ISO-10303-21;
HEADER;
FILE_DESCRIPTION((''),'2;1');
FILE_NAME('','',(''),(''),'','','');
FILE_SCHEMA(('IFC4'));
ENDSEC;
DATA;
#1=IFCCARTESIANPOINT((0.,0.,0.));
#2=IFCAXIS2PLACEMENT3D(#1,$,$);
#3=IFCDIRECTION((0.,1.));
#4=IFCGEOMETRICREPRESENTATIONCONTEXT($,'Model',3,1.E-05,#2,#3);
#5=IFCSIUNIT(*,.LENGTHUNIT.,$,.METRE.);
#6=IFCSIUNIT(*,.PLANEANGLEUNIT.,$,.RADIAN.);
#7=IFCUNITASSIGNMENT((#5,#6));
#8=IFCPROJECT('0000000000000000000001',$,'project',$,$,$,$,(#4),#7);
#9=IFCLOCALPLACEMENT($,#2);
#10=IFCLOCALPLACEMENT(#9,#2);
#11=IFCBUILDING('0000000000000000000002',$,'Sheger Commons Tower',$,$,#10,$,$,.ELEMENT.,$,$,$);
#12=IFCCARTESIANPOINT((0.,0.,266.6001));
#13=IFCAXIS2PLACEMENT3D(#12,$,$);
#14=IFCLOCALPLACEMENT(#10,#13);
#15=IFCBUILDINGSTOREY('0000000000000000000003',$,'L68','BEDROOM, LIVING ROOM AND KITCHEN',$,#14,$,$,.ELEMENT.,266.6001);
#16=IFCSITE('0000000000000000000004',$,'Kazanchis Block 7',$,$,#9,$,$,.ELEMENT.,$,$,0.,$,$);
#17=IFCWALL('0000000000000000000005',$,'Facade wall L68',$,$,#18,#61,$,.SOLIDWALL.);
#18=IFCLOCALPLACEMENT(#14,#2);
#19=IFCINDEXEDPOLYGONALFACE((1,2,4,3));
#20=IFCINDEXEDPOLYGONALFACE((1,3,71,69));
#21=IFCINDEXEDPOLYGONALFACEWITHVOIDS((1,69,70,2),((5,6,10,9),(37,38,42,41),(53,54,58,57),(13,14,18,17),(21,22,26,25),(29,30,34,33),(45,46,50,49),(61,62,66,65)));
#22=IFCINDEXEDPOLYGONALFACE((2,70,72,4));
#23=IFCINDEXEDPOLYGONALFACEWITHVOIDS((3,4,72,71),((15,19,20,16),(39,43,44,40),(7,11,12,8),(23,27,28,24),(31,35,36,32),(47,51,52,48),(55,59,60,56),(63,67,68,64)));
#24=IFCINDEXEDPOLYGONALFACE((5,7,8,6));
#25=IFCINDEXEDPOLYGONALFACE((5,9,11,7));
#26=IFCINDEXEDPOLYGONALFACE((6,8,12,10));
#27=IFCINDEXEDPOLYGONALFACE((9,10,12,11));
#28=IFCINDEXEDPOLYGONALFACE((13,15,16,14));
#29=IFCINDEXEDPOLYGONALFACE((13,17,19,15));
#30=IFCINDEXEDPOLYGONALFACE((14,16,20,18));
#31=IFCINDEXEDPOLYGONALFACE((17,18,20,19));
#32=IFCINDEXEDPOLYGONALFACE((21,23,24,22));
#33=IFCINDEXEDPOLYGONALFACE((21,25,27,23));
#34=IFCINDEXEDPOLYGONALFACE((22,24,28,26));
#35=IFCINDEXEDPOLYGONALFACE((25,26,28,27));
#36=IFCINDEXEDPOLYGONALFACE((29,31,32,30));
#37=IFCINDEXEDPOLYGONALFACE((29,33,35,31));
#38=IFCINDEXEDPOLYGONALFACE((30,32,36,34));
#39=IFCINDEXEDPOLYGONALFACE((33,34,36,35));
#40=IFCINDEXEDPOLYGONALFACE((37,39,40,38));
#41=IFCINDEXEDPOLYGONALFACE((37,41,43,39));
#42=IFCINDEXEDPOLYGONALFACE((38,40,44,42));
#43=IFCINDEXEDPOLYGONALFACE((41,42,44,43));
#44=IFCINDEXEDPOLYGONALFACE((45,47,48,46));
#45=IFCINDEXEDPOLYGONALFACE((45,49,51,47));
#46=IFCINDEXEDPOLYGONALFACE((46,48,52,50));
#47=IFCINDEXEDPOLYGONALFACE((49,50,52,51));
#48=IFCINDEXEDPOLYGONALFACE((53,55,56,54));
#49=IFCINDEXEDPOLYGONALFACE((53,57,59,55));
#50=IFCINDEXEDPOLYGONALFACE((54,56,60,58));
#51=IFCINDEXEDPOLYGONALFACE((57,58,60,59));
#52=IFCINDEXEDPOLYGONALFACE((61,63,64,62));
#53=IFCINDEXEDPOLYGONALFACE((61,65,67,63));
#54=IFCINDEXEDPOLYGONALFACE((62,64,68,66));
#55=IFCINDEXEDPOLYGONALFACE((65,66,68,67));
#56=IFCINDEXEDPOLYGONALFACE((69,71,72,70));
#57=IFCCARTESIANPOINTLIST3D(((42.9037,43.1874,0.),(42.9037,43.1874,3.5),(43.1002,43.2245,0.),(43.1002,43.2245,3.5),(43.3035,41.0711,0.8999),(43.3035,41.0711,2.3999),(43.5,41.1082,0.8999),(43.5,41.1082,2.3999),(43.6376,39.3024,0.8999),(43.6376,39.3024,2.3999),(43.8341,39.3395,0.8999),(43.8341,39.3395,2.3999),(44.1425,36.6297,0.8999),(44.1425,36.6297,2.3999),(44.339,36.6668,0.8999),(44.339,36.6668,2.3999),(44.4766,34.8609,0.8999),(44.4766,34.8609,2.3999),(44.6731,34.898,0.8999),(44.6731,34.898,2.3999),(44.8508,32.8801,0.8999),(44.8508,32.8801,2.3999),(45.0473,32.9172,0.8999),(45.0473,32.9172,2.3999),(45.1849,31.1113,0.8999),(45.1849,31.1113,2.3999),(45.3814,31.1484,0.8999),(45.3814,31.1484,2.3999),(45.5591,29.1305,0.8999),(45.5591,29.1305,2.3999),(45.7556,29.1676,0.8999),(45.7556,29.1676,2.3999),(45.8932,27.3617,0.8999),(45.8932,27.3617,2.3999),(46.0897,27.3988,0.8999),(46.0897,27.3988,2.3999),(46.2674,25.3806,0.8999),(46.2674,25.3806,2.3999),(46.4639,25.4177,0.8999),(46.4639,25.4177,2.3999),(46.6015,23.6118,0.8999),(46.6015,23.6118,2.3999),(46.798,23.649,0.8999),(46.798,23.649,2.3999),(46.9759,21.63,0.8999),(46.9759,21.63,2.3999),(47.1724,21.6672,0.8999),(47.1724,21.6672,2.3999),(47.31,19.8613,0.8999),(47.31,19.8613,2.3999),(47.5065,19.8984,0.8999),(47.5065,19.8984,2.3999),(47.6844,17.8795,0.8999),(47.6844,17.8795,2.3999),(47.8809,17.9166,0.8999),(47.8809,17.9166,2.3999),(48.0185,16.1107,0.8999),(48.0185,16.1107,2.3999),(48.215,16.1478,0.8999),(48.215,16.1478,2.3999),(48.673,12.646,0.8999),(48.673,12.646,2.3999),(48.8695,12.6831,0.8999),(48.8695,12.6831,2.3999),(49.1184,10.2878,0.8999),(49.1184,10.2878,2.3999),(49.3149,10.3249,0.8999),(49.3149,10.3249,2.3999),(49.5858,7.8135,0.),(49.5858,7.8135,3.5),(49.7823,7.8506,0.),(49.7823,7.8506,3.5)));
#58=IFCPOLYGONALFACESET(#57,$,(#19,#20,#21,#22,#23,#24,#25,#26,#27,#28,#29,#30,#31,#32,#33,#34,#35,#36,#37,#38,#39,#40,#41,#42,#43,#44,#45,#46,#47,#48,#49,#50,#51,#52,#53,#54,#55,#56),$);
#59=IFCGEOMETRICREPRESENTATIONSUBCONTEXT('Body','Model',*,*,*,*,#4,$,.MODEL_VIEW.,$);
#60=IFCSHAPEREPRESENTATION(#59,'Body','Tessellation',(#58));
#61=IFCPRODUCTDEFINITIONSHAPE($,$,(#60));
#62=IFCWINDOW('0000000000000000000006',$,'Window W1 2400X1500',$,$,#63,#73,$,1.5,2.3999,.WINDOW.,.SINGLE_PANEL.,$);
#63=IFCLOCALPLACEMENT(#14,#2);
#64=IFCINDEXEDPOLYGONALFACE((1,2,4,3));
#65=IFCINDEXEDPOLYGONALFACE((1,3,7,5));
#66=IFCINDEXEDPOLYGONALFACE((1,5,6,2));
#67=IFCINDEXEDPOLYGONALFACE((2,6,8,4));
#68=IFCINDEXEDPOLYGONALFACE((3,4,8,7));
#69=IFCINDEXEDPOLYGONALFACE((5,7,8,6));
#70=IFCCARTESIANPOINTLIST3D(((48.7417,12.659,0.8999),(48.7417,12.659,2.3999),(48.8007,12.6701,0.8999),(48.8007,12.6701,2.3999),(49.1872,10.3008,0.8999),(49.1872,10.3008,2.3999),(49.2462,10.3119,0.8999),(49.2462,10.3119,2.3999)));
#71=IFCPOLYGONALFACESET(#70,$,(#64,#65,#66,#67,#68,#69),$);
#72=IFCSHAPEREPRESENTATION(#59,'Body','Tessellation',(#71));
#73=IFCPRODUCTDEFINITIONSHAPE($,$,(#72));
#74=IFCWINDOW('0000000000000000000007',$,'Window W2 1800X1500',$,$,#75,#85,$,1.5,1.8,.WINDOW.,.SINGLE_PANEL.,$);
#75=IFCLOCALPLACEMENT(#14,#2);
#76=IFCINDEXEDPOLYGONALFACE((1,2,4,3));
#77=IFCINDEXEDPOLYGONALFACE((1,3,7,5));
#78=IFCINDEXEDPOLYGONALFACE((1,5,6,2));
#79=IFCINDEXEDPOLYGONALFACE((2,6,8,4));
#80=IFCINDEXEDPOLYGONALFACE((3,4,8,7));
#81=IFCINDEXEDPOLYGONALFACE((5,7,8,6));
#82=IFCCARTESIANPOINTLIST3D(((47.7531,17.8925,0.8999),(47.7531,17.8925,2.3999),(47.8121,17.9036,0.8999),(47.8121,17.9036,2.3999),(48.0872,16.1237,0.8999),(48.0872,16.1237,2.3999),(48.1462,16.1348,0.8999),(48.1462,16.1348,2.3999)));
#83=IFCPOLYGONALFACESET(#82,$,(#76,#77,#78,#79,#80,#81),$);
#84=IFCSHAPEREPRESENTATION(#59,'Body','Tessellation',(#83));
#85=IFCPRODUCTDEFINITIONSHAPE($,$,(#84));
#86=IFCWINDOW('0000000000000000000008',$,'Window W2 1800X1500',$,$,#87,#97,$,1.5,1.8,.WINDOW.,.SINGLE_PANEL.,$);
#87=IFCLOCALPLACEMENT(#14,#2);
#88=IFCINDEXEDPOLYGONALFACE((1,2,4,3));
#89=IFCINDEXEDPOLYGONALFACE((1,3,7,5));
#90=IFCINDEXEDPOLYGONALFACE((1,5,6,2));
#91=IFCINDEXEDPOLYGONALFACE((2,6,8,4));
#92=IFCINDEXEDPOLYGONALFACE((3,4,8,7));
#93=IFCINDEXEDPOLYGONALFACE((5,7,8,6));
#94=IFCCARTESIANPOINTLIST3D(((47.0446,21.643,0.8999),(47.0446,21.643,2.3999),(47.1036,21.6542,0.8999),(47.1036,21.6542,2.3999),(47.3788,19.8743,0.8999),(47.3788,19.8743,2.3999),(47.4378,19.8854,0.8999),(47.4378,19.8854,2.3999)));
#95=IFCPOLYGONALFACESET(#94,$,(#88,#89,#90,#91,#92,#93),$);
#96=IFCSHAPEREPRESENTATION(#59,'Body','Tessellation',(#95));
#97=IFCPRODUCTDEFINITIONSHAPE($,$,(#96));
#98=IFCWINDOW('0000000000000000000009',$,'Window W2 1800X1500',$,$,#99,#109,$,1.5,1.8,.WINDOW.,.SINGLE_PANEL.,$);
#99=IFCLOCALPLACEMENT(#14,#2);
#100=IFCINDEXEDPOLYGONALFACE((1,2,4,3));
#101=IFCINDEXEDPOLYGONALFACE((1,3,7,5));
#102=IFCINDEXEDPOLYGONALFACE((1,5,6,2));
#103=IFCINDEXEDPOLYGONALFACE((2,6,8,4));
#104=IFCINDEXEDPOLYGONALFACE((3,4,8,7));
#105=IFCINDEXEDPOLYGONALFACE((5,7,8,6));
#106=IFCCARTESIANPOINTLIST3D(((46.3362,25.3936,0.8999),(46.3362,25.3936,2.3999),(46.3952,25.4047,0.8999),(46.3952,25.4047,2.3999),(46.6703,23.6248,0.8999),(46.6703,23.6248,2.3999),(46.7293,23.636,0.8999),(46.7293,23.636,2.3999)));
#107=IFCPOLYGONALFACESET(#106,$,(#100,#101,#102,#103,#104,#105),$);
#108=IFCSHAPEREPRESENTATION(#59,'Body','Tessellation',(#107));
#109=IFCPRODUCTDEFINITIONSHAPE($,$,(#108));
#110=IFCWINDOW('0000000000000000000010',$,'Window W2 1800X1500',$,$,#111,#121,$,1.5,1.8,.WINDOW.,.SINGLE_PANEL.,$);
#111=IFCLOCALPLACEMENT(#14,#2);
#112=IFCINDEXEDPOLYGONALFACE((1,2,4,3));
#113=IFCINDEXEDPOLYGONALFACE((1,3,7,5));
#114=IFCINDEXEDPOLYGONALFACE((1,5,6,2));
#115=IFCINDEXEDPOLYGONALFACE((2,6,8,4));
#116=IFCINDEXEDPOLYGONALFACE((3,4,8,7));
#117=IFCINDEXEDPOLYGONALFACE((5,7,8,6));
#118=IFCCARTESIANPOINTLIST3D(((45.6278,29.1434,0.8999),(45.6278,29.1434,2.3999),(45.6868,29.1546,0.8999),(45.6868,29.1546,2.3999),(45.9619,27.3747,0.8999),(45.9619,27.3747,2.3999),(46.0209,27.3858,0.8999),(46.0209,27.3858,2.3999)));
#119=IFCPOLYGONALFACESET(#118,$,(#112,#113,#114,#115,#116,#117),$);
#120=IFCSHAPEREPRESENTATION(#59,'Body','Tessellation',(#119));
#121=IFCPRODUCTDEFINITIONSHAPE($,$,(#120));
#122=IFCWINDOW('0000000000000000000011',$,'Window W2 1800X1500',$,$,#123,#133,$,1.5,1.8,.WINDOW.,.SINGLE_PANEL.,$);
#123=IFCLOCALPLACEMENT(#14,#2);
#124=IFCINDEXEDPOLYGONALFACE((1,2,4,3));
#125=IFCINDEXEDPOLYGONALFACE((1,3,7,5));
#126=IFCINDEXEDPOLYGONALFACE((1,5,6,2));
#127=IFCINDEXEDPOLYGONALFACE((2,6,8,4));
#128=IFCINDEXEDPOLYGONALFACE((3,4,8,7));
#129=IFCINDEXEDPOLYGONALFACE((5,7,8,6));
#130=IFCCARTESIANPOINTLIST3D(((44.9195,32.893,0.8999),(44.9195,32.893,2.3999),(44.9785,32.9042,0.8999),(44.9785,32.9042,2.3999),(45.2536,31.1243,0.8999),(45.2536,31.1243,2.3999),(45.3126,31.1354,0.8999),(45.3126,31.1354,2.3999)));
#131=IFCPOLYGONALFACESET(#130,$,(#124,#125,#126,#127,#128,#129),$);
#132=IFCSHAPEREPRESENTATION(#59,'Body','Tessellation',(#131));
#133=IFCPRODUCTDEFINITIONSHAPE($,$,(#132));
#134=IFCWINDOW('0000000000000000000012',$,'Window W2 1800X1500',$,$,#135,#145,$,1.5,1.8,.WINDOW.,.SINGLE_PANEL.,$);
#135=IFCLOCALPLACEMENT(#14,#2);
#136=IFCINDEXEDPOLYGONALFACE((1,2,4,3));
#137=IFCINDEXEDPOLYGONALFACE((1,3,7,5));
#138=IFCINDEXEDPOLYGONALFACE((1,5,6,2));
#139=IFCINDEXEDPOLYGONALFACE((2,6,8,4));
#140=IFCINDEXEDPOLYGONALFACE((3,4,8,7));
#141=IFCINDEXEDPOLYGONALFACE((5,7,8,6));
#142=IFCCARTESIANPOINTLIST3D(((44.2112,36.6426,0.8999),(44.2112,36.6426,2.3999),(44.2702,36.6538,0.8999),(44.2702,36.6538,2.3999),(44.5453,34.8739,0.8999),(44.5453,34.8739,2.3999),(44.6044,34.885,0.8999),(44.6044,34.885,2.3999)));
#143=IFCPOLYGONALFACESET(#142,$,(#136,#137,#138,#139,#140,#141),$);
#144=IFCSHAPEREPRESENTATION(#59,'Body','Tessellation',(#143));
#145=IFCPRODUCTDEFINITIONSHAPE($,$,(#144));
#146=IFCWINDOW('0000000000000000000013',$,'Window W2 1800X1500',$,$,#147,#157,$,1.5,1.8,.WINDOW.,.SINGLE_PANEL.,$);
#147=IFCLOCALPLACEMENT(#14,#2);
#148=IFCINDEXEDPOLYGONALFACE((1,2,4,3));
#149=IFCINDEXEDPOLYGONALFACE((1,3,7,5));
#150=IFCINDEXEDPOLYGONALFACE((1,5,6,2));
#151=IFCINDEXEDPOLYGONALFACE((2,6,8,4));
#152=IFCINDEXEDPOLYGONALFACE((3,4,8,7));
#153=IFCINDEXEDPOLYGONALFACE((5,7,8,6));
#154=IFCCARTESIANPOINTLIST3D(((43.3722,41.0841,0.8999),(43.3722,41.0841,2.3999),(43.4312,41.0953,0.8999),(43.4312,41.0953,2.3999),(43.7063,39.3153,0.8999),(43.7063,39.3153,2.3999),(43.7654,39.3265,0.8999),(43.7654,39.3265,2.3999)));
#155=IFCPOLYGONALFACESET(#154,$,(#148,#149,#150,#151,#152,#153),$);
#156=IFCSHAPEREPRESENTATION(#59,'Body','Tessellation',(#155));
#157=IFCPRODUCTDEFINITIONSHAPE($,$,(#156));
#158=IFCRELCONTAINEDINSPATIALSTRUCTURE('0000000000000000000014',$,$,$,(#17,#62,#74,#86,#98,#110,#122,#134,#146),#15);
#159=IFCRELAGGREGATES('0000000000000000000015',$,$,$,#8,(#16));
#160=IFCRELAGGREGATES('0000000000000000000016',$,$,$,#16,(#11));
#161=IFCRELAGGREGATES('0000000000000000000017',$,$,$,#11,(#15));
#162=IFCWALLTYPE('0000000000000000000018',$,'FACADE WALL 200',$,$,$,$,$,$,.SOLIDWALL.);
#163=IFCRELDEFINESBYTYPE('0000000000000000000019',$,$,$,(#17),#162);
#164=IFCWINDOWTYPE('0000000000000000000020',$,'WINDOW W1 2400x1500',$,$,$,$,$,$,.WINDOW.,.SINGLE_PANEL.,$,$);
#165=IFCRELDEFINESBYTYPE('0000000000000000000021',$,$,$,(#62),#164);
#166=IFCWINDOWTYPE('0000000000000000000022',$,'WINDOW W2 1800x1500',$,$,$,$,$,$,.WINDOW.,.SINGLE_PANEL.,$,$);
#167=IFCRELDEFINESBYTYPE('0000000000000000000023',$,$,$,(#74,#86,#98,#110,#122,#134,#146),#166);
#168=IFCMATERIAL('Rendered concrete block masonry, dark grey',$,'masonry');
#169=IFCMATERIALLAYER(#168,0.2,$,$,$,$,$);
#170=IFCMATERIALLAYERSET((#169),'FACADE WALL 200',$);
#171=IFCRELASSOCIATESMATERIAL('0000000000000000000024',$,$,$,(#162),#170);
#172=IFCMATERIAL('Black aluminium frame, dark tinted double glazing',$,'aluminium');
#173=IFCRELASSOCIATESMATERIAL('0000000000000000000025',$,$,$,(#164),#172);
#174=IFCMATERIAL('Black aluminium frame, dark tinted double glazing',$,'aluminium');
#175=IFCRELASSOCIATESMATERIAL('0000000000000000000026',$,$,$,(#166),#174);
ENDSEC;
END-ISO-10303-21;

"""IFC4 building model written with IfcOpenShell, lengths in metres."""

from ifc_helpers import new_model, si_unit, direction, frame, frame_2d, origin, place, context, subcontext, project, spatial, rectangle, extrude, material, layer, layer_set, type_object, element, fill, save


model = new_model("IFC4")

# Units and contexts
model_context = context("Model", 3, precision=1e-05, world=origin(), true_north=direction((0.0, 1.0)))
body_context = subcontext(model_context, "Body", "Model", "MODEL_VIEW")
ifc_project = project(units=[si_unit("LENGTHUNIT", "METRE"), si_unit("PLANEANGLEUNIT", "RADIAN")], contexts=[model_context])

# Site, building, storey
site_placement = place(None, origin())
site = spatial("IfcSite", under=ifc_project, at=site_placement, Name="Kazanchis Block 7", CompositionType="ELEMENT", RefElevation=0.0)
building_placement = place(site_placement, origin())
building = spatial("IfcBuilding", under=site, at=building_placement, Name="Sheger Commons Tower", CompositionType="ELEMENT")
storey_placement = place(building_placement, frame((0.0, 0.0, 266.6001)))
storey = spatial("IfcBuildingStorey", under=building, at=storey_placement, Name="L68", Description="BEDROOM, LIVING ROOM AND KITCHEN", CompositionType="ELEMENT", Elevation=266.6001)

# Shared definitions
ifc_material_1 = material(Name="Rendered concrete block masonry, dark grey", Category="masonry")
ifc_layer_1 = layer(ifc_material_1, 0.2)
ifc_layer_set_1 = layer_set([ifc_layer_1], Name="FACADE WALL 200")
wall_type_1 = type_object("IfcWallType", Name="FACADE WALL 200", PredefinedType="SOLIDWALL", material=ifc_layer_set_1)

# Wall, openings, windows
wall_1_placement = place(storey_placement, frame((49.6841, 7.832, 0.0), z_axis=(0.0, 0.0, 1.0), x_axis=(-0.185617, 0.982622, 0.0)))
wall_1 = element("IfcWall", 1, at=wall_1_placement, inside=storey, type_object=wall_type_1, Name="Facade wall L68", PredefinedType="SOLIDWALL", context=body_context, shape_type="SweptSolid", body=[
    extrude(rectangle(XDim=35.9995, YDim=0.2, at=frame_2d((17.9998, 0.0))), origin(), (0.0, 0.0, 1.0), 3.5),
])
opening_1_placement = place(wall_1_placement, frame((2.5181, 0.0, 0.8999)))
opening_1 = element("IfcOpeningElement", 2, at=opening_1_placement, cuts=wall_1, PredefinedType="OPENING", context=body_context, shape_type="SweptSolid", body=[
    extrude(rectangle(XDim=2.3999, YDim=1.5, at=frame_2d((1.2, 0.75))), frame((0.0, 0.1099, 0.0), z_axis=(0.0, -1.0, 0.0), x_axis=(1.0, 0.0, 0.0)), (0.0, 0.0, 1.0), 0.22),
])
opening_2_placement = place(wall_1_placement, frame((8.4441, 0.0, 0.8999)))
opening_2 = element("IfcOpeningElement", 3, at=opening_2_placement, cuts=wall_1, PredefinedType="OPENING", context=body_context, shape_type="SweptSolid", body=[
    extrude(rectangle(XDim=1.8, YDim=1.5, at=frame_2d((0.8999, 0.75))), frame((0.0, 0.1099, 0.0), z_axis=(0.0, -1.0, 0.0), x_axis=(1.0, 0.0, 0.0)), (0.0, 0.0, 1.0), 0.22),
])
opening_3_placement = place(wall_1_placement, frame((12.261, 0.0, 0.8999)))
opening_3 = element("IfcOpeningElement", 4, at=opening_3_placement, cuts=wall_1, PredefinedType="OPENING", context=body_context, shape_type="SweptSolid", body=[
    extrude(rectangle(XDim=1.8, YDim=1.5, at=frame_2d((0.8999, 0.75))), frame((0.0, 0.1099, 0.0), z_axis=(0.0, -1.0, 0.0), x_axis=(1.0, 0.0, 0.0)), (0.0, 0.0, 1.0), 0.22),
])
opening_4_placement = place(wall_1_placement, frame((16.0779, 0.0, 0.8999)))
opening_4 = element("IfcOpeningElement", 5, at=opening_4_placement, cuts=wall_1, PredefinedType="OPENING", context=body_context, shape_type="SweptSolid", body=[
    extrude(rectangle(XDim=1.8, YDim=1.5, at=frame_2d((0.8999, 0.75))), frame((0.0, 0.1099, 0.0), z_axis=(0.0, -1.0, 0.0), x_axis=(1.0, 0.0, 0.0)), (0.0, 0.0, 1.0), 0.22),
])
opening_5_placement = place(wall_1_placement, frame((19.894, 0.0, 0.8999)))
opening_5 = element("IfcOpeningElement", 6, at=opening_5_placement, cuts=wall_1, PredefinedType="OPENING", context=body_context, shape_type="SweptSolid", body=[
    extrude(rectangle(XDim=1.8, YDim=1.5, at=frame_2d((0.8999, 0.75))), frame((0.0, 0.1099, 0.0), z_axis=(0.0, -1.0, 0.0), x_axis=(1.0, 0.0, 0.0)), (0.0, 0.0, 1.0), 0.22),
])
opening_6_placement = place(wall_1_placement, frame((23.71, 0.0, 0.8999)))
opening_6 = element("IfcOpeningElement", 7, at=opening_6_placement, cuts=wall_1, PredefinedType="OPENING", context=body_context, shape_type="SweptSolid", body=[
    extrude(rectangle(XDim=1.8, YDim=1.5, at=frame_2d((0.8999, 0.75))), frame((0.0, 0.1099, 0.0), z_axis=(0.0, -1.0, 0.0), x_axis=(1.0, 0.0, 0.0)), (0.0, 0.0, 1.0), 0.22),
])
opening_7_placement = place(wall_1_placement, frame((27.5259, 0.0, 0.8999)))
opening_7 = element("IfcOpeningElement", 8, at=opening_7_placement, cuts=wall_1, PredefinedType="OPENING", context=body_context, shape_type="SweptSolid", body=[
    extrude(rectangle(XDim=1.8, YDim=1.5, at=frame_2d((0.8999, 0.75))), frame((0.0, 0.1099, 0.0), z_axis=(0.0, -1.0, 0.0), x_axis=(1.0, 0.0, 0.0)), (0.0, 0.0, 1.0), 0.22),
])
opening_8_placement = place(wall_1_placement, frame((32.0459, 0.0, 0.8999)))
opening_8 = element("IfcOpeningElement", 9, at=opening_8_placement, cuts=wall_1, PredefinedType="OPENING", context=body_context, shape_type="SweptSolid", body=[
    extrude(rectangle(XDim=1.8, YDim=1.5, at=frame_2d((0.8999, 0.75))), frame((0.0, 0.1099, 0.0), z_axis=(0.0, -1.0, 0.0), x_axis=(1.0, 0.0, 0.0)), (0.0, 0.0, 1.0), 0.22),
])
ifc_material_2 = material(Name="Black aluminium frame, dark tinted double glazing", Category="aluminium")
window_type_1 = type_object("IfcWindowType", Name="WINDOW W1 2400x1500", PartitioningType="SINGLE_PANEL", PredefinedType="WINDOW", material=ifc_material_2)
window_1_placement = place(opening_1_placement, origin())
window_1 = element("IfcWindow", 10, at=window_1_placement, inside=storey, type_object=window_type_1, Name="Window W1 2400X1500", OverallHeight=1.5, OverallWidth=2.3999, PartitioningType="SINGLE_PANEL", PredefinedType="WINDOW", context=body_context, shape_type="SweptSolid", body=[
    extrude(rectangle(XDim=2.3999, YDim=1.5, at=frame_2d((1.2, 0.75))), frame((0.0, 0.03, 0.0), z_axis=(0.0, -1.0, 0.0), x_axis=(1.0, 0.0, 0.0)), (0.0, 0.0, 1.0), 0.0601),
])
fill(opening_1, window_1)
ifc_material_3 = material(Name="Black aluminium frame, dark tinted double glazing", Category="aluminium")
window_type_2 = type_object("IfcWindowType", Name="WINDOW W2 1800x1500", PartitioningType="SINGLE_PANEL", PredefinedType="WINDOW", material=ifc_material_3)
window_2_placement = place(opening_2_placement, origin())
window_2 = element("IfcWindow", 11, at=window_2_placement, inside=storey, type_object=window_type_2, Name="Window W2 1800X1500", OverallHeight=1.5, OverallWidth=1.8, PartitioningType="SINGLE_PANEL", PredefinedType="WINDOW", context=body_context, shape_type="SweptSolid", body=[
    extrude(rectangle(XDim=1.8, YDim=1.5, at=frame_2d((0.8999, 0.75))), frame((0.0, 0.03, 0.0), z_axis=(0.0, -1.0, 0.0), x_axis=(1.0, 0.0, 0.0)), (0.0, 0.0, 1.0), 0.0601),
])
fill(opening_2, window_2)
window_3_placement = place(opening_3_placement, origin())
window_3 = element("IfcWindow", 12, at=window_3_placement, inside=storey, type_object=window_type_2, Name="Window W2 1800X1500", OverallHeight=1.5, OverallWidth=1.8, PartitioningType="SINGLE_PANEL", PredefinedType="WINDOW", context=body_context, shape_type="SweptSolid", body=[
    extrude(rectangle(XDim=1.8, YDim=1.5, at=frame_2d((0.8999, 0.75))), frame((0.0, 0.03, 0.0), z_axis=(0.0, -1.0, 0.0), x_axis=(1.0, 0.0, 0.0)), (0.0, 0.0, 1.0), 0.0601),
])
fill(opening_3, window_3)
window_4_placement = place(opening_4_placement, origin())
window_4 = element("IfcWindow", 13, at=window_4_placement, inside=storey, type_object=window_type_2, Name="Window W2 1800X1500", OverallHeight=1.5, OverallWidth=1.8, PartitioningType="SINGLE_PANEL", PredefinedType="WINDOW", context=body_context, shape_type="SweptSolid", body=[
    extrude(rectangle(XDim=1.8, YDim=1.5, at=frame_2d((0.8999, 0.75))), frame((0.0, 0.03, 0.0), z_axis=(0.0, -1.0, 0.0), x_axis=(1.0, 0.0, 0.0)), (0.0, 0.0, 1.0), 0.0601),
])
fill(opening_4, window_4)
window_5_placement = place(opening_5_placement, origin())
window_5 = element("IfcWindow", 14, at=window_5_placement, inside=storey, type_object=window_type_2, Name="Window W2 1800X1500", OverallHeight=1.5, OverallWidth=1.8, PartitioningType="SINGLE_PANEL", PredefinedType="WINDOW", context=body_context, shape_type="SweptSolid", body=[
    extrude(rectangle(XDim=1.8, YDim=1.5, at=frame_2d((0.8999, 0.75))), frame((0.0, 0.03, 0.0), z_axis=(0.0, -1.0, 0.0), x_axis=(1.0, 0.0, 0.0)), (0.0, 0.0, 1.0), 0.0601),
])
fill(opening_5, window_5)
window_6_placement = place(opening_6_placement, origin())
window_6 = element("IfcWindow", 15, at=window_6_placement, inside=storey, type_object=window_type_2, Name="Window W2 1800X1500", OverallHeight=1.5, OverallWidth=1.8, PartitioningType="SINGLE_PANEL", PredefinedType="WINDOW", context=body_context, shape_type="SweptSolid", body=[
    extrude(rectangle(XDim=1.8, YDim=1.5, at=frame_2d((0.8999, 0.75))), frame((0.0, 0.03, 0.0), z_axis=(0.0, -1.0, 0.0), x_axis=(1.0, 0.0, 0.0)), (0.0, 0.0, 1.0), 0.0601),
])
fill(opening_6, window_6)
window_7_placement = place(opening_7_placement, origin())
window_7 = element("IfcWindow", 16, at=window_7_placement, inside=storey, type_object=window_type_2, Name="Window W2 1800X1500", OverallHeight=1.5, OverallWidth=1.8, PartitioningType="SINGLE_PANEL", PredefinedType="WINDOW", context=body_context, shape_type="SweptSolid", body=[
    extrude(rectangle(XDim=1.8, YDim=1.5, at=frame_2d((0.8999, 0.75))), frame((0.0, 0.03, 0.0), z_axis=(0.0, -1.0, 0.0), x_axis=(1.0, 0.0, 0.0)), (0.0, 0.0, 1.0), 0.0601),
])
fill(opening_7, window_7)
window_8_placement = place(opening_8_placement, origin())
window_8 = element("IfcWindow", 17, at=window_8_placement, inside=storey, type_object=window_type_2, Name="Window W2 1800X1500", OverallHeight=1.5, OverallWidth=1.8, PartitioningType="SINGLE_PANEL", PredefinedType="WINDOW", context=body_context, shape_type="SweptSolid", body=[
    extrude(rectangle(XDim=1.8, YDim=1.5, at=frame_2d((0.8999, 0.75))), frame((0.0, 0.03, 0.0), z_axis=(0.0, -1.0, 0.0), x_axis=(1.0, 0.0, 0.0)), (0.0, 0.0, 1.0), 0.0601),
])
fill(opening_8, window_8)

save(model, "model.ifc")
